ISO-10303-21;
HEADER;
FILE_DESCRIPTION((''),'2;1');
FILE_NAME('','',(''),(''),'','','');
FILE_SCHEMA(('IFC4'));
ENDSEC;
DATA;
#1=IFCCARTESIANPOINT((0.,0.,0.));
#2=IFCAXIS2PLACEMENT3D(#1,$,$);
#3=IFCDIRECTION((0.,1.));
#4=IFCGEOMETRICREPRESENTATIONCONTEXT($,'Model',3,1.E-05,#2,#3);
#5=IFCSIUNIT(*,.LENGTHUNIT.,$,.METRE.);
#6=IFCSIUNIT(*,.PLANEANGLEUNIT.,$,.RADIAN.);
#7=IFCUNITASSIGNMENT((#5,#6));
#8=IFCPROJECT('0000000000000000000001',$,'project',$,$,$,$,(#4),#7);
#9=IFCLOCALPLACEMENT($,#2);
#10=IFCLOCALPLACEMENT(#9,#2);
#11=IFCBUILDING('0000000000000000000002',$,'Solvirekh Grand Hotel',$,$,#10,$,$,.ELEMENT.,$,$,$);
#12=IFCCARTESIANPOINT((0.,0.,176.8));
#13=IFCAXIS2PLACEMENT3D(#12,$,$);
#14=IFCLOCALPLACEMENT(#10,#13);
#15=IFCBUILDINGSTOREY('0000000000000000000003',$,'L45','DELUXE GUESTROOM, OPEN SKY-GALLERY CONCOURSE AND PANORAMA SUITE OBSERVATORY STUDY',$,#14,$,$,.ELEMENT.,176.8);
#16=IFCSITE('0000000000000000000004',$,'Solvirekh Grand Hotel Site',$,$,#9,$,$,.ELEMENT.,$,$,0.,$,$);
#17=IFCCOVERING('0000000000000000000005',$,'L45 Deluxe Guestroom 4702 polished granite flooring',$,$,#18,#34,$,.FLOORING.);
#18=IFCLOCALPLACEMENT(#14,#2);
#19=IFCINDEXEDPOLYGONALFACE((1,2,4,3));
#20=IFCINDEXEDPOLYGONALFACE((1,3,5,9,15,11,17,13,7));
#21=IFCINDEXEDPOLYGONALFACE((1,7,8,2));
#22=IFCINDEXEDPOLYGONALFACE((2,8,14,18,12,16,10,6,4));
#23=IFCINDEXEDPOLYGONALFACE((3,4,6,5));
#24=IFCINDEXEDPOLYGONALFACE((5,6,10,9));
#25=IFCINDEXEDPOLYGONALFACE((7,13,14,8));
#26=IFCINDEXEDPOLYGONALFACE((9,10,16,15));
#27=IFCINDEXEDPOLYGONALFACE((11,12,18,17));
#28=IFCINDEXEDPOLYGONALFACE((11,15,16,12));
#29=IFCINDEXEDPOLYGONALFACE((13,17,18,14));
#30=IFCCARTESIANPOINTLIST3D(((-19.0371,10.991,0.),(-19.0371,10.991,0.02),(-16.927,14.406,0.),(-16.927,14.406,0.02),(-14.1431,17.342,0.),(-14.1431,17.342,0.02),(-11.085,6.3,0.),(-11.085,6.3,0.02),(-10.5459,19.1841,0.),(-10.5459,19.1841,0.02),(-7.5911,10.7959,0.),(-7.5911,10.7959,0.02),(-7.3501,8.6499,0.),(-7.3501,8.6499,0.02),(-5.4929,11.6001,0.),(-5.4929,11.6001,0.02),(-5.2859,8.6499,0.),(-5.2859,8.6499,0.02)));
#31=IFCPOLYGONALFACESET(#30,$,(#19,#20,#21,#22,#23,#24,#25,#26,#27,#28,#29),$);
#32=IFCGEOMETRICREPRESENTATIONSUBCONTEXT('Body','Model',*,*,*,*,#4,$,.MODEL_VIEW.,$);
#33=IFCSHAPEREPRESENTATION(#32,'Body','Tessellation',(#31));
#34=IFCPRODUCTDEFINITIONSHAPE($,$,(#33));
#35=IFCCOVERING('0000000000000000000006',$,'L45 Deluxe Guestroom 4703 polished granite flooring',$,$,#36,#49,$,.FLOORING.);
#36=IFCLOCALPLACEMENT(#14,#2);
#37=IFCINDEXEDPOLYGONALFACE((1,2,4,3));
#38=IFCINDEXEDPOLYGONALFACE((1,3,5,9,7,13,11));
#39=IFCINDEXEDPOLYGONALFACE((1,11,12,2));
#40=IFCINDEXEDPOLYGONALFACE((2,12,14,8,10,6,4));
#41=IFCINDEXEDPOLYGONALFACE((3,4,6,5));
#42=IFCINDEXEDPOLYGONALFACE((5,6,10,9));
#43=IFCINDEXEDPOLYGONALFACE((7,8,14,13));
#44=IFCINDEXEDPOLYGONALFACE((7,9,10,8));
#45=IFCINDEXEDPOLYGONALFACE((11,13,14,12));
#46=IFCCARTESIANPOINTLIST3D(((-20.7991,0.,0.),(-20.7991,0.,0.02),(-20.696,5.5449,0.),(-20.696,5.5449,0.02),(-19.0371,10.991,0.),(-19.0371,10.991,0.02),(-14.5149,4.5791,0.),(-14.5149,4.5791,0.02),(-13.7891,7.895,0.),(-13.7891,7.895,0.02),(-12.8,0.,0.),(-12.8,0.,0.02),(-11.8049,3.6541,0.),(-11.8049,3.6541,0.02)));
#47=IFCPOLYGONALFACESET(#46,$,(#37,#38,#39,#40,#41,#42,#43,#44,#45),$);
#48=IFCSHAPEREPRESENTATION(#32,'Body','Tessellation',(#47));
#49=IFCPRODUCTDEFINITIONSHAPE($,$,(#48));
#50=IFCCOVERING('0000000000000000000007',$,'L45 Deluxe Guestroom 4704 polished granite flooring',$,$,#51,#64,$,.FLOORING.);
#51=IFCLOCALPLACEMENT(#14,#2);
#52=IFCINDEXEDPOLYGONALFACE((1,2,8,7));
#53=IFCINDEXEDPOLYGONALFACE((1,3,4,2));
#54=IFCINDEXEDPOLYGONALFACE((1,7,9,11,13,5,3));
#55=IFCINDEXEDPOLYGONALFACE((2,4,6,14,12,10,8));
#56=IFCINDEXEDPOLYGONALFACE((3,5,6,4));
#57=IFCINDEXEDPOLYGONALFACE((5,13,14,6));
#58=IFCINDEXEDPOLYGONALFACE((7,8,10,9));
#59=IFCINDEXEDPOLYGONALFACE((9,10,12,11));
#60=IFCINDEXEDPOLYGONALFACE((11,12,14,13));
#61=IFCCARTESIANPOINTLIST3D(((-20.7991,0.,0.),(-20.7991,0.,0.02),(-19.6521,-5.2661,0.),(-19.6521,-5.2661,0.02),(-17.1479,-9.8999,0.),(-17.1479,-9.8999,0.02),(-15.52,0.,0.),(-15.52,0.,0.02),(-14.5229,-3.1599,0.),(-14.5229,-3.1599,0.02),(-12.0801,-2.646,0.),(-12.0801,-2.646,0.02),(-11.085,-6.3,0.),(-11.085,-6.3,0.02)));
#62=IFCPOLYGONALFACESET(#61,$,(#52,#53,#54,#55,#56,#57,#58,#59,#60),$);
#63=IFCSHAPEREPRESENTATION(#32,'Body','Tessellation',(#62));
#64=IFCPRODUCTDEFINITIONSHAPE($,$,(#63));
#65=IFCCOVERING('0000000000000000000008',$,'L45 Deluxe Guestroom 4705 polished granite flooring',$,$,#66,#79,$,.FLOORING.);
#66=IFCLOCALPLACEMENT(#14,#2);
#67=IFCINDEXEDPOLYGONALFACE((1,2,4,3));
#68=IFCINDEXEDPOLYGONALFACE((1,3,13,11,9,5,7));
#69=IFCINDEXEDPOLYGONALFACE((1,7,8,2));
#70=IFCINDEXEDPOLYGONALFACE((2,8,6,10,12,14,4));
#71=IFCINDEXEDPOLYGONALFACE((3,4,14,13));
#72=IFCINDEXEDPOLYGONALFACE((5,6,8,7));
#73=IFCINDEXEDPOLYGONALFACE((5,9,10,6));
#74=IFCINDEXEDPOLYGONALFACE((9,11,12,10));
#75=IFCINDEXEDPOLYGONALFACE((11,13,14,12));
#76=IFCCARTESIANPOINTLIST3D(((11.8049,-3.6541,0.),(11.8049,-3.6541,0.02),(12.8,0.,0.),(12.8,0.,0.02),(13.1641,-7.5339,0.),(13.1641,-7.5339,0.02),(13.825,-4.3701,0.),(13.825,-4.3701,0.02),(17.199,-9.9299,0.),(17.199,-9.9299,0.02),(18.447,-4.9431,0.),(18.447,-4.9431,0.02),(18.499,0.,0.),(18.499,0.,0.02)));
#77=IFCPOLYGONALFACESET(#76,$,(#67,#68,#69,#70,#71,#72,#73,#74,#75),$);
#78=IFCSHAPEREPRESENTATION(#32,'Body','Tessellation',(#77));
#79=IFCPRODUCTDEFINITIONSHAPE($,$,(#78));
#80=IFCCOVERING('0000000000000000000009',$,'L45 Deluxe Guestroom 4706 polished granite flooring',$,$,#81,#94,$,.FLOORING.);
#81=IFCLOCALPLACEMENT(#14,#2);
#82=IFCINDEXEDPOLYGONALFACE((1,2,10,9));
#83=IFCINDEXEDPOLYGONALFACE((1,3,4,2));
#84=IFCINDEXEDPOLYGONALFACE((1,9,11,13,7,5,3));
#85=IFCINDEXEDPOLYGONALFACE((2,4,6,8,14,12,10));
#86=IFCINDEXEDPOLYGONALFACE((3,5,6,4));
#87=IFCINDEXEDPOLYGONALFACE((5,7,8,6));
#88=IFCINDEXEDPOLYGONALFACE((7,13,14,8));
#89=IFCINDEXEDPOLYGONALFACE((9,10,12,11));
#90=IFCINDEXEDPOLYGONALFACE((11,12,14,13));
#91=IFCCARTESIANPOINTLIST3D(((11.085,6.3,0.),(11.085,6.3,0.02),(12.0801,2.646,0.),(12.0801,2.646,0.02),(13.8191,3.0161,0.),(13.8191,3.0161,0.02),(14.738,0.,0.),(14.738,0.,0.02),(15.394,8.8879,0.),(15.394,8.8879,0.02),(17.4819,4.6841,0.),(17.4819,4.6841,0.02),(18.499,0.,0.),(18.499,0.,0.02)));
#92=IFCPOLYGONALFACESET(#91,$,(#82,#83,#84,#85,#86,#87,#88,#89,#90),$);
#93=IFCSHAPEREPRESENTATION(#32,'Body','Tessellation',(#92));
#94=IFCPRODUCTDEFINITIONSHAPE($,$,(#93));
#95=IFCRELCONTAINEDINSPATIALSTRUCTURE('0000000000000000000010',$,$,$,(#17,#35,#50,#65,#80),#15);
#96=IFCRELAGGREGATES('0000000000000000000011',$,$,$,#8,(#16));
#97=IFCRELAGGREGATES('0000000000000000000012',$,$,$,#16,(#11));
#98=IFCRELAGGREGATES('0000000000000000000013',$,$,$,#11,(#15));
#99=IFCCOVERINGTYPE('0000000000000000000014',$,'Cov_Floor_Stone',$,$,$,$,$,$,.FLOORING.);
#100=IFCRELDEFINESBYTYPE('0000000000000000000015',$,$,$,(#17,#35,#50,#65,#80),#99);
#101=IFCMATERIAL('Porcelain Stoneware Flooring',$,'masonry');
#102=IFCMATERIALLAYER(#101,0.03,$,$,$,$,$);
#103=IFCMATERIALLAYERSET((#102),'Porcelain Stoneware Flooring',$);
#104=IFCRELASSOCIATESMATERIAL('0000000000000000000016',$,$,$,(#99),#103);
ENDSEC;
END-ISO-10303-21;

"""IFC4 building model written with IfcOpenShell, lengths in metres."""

from ifc_helpers import new_model, si_unit, direction, frame, origin, place, context, subcontext, project, spatial, polyline, outline, extrude, material, layer, layer_set, type_object, element, save


model = new_model("IFC4")

# Units and contexts
model_context = context("Model", 3, precision=1e-05, world=origin(), true_north=direction((0.0, 1.0)))
body_context = subcontext(model_context, "Body", "Model", "MODEL_VIEW")
ifc_project = project(units=[si_unit("LENGTHUNIT", "METRE"), si_unit("PLANEANGLEUNIT", "RADIAN")], contexts=[model_context])

# Site, building, storey
site_placement = place(None, origin())
site = spatial("IfcSite", under=ifc_project, at=site_placement, Name="Solvirekh Grand Hotel Site", CompositionType="ELEMENT", RefElevation=0.0)
building_placement = place(site_placement, origin())
building = spatial("IfcBuilding", under=site, at=building_placement, Name="Solvirekh Grand Hotel", CompositionType="ELEMENT")
storey_placement = place(building_placement, frame((0.0, 0.0, 176.8)))
storey = spatial("IfcBuildingStorey", under=building, at=storey_placement, Name="L45", Description="DELUXE GUESTROOM, OPEN SKY-GALLERY CONCOURSE AND PANORAMA SUITE OBSERVATORY STUDY", CompositionType="ELEMENT", Elevation=176.8)

# Coverings
ifc_material_1 = material(Name="Porcelain Stoneware Flooring", Category="masonry")
ifc_layer_1 = layer(ifc_material_1, 0.03)
ifc_layer_set_1 = layer_set([ifc_layer_1], Name="Porcelain Stoneware Flooring")
covering_type_1 = type_object("IfcCoveringType", Name="Cov_Floor_Stone", PredefinedType="FLOORING", material=ifc_layer_set_1)
covering_1_placement = place(storey_placement, origin())
element("IfcCovering", 1, at=covering_1_placement, inside=storey, type_object=covering_type_1, Name="L45 Deluxe Guestroom 4702 polished granite flooring", PredefinedType="FLOORING", context=body_context, shape_type="SweptSolid", body=[
    extrude(outline(polyline([(-5.2859, 8.6499), (-7.5911, 10.7959), (-5.4929, 11.6001), (-10.5459, 19.1841), (-14.1431, 17.342), (-16.927, 14.406), (-19.0371, 10.991), (-11.085, 6.3), (-7.3501, 8.6499), (-5.2859, 8.6499)])), origin(), (0.0, 0.0, 1.0), 0.02),
])
covering_2_placement = place(storey_placement, origin())
element("IfcCovering", 2, at=covering_2_placement, inside=storey, type_object=covering_type_1, Name="L45 Deluxe Guestroom 4703 polished granite flooring", PredefinedType="FLOORING", context=body_context, shape_type="SweptSolid", body=[
    extrude(outline(polyline([(-14.5149, 4.5791), (-13.7891, 7.895), (-19.0371, 10.991), (-20.696, 5.5449), (-20.7991, 0.0), (-12.8, 0.0), (-11.8049, 3.6541), (-14.5149, 4.5791)])), origin(), (0.0, 0.0, 1.0), 0.02),
])
covering_3_placement = place(storey_placement, origin())
element("IfcCovering", 3, at=covering_3_placement, inside=storey, type_object=covering_type_1, Name="L45 Deluxe Guestroom 4704 polished granite flooring", PredefinedType="FLOORING", context=body_context, shape_type="SweptSolid", body=[
    extrude(outline(polyline([(-14.5229, -3.1599), (-15.52, 0.0), (-20.7991, 0.0), (-19.6521, -5.2661), (-17.1479, -9.8999), (-11.085, -6.3), (-12.0801, -2.646), (-14.5229, -3.1599)])), origin(), (0.0, 0.0, 1.0), 0.02),
])
covering_4_placement = place(storey_placement, origin())
element("IfcCovering", 4, at=covering_4_placement, inside=storey, type_object=covering_type_1, Name="L45 Deluxe Guestroom 4705 polished granite flooring", PredefinedType="FLOORING", context=body_context, shape_type="SweptSolid", body=[
    extrude(outline(polyline([(13.825, -4.3701), (13.1641, -7.5339), (17.199, -9.9299), (18.447, -4.9431), (18.499, 0.0), (12.8, 0.0), (11.8049, -3.6541), (13.825, -4.3701)])), origin(), (0.0, 0.0, 1.0), 0.02),
])
covering_5_placement = place(storey_placement, origin())
element("IfcCovering", 5, at=covering_5_placement, inside=storey, type_object=covering_type_1, Name="L45 Deluxe Guestroom 4706 polished granite flooring", PredefinedType="FLOORING", context=body_context, shape_type="SweptSolid", body=[
    extrude(outline(polyline([(13.8191, 3.0161), (14.738, 0.0), (18.499, 0.0), (17.4819, 4.6841), (15.394, 8.8879), (11.085, 6.3), (12.0801, 2.646), (13.8191, 3.0161)])), origin(), (0.0, 0.0, 1.0), 0.02),
])

save(model, "model.ifc")
